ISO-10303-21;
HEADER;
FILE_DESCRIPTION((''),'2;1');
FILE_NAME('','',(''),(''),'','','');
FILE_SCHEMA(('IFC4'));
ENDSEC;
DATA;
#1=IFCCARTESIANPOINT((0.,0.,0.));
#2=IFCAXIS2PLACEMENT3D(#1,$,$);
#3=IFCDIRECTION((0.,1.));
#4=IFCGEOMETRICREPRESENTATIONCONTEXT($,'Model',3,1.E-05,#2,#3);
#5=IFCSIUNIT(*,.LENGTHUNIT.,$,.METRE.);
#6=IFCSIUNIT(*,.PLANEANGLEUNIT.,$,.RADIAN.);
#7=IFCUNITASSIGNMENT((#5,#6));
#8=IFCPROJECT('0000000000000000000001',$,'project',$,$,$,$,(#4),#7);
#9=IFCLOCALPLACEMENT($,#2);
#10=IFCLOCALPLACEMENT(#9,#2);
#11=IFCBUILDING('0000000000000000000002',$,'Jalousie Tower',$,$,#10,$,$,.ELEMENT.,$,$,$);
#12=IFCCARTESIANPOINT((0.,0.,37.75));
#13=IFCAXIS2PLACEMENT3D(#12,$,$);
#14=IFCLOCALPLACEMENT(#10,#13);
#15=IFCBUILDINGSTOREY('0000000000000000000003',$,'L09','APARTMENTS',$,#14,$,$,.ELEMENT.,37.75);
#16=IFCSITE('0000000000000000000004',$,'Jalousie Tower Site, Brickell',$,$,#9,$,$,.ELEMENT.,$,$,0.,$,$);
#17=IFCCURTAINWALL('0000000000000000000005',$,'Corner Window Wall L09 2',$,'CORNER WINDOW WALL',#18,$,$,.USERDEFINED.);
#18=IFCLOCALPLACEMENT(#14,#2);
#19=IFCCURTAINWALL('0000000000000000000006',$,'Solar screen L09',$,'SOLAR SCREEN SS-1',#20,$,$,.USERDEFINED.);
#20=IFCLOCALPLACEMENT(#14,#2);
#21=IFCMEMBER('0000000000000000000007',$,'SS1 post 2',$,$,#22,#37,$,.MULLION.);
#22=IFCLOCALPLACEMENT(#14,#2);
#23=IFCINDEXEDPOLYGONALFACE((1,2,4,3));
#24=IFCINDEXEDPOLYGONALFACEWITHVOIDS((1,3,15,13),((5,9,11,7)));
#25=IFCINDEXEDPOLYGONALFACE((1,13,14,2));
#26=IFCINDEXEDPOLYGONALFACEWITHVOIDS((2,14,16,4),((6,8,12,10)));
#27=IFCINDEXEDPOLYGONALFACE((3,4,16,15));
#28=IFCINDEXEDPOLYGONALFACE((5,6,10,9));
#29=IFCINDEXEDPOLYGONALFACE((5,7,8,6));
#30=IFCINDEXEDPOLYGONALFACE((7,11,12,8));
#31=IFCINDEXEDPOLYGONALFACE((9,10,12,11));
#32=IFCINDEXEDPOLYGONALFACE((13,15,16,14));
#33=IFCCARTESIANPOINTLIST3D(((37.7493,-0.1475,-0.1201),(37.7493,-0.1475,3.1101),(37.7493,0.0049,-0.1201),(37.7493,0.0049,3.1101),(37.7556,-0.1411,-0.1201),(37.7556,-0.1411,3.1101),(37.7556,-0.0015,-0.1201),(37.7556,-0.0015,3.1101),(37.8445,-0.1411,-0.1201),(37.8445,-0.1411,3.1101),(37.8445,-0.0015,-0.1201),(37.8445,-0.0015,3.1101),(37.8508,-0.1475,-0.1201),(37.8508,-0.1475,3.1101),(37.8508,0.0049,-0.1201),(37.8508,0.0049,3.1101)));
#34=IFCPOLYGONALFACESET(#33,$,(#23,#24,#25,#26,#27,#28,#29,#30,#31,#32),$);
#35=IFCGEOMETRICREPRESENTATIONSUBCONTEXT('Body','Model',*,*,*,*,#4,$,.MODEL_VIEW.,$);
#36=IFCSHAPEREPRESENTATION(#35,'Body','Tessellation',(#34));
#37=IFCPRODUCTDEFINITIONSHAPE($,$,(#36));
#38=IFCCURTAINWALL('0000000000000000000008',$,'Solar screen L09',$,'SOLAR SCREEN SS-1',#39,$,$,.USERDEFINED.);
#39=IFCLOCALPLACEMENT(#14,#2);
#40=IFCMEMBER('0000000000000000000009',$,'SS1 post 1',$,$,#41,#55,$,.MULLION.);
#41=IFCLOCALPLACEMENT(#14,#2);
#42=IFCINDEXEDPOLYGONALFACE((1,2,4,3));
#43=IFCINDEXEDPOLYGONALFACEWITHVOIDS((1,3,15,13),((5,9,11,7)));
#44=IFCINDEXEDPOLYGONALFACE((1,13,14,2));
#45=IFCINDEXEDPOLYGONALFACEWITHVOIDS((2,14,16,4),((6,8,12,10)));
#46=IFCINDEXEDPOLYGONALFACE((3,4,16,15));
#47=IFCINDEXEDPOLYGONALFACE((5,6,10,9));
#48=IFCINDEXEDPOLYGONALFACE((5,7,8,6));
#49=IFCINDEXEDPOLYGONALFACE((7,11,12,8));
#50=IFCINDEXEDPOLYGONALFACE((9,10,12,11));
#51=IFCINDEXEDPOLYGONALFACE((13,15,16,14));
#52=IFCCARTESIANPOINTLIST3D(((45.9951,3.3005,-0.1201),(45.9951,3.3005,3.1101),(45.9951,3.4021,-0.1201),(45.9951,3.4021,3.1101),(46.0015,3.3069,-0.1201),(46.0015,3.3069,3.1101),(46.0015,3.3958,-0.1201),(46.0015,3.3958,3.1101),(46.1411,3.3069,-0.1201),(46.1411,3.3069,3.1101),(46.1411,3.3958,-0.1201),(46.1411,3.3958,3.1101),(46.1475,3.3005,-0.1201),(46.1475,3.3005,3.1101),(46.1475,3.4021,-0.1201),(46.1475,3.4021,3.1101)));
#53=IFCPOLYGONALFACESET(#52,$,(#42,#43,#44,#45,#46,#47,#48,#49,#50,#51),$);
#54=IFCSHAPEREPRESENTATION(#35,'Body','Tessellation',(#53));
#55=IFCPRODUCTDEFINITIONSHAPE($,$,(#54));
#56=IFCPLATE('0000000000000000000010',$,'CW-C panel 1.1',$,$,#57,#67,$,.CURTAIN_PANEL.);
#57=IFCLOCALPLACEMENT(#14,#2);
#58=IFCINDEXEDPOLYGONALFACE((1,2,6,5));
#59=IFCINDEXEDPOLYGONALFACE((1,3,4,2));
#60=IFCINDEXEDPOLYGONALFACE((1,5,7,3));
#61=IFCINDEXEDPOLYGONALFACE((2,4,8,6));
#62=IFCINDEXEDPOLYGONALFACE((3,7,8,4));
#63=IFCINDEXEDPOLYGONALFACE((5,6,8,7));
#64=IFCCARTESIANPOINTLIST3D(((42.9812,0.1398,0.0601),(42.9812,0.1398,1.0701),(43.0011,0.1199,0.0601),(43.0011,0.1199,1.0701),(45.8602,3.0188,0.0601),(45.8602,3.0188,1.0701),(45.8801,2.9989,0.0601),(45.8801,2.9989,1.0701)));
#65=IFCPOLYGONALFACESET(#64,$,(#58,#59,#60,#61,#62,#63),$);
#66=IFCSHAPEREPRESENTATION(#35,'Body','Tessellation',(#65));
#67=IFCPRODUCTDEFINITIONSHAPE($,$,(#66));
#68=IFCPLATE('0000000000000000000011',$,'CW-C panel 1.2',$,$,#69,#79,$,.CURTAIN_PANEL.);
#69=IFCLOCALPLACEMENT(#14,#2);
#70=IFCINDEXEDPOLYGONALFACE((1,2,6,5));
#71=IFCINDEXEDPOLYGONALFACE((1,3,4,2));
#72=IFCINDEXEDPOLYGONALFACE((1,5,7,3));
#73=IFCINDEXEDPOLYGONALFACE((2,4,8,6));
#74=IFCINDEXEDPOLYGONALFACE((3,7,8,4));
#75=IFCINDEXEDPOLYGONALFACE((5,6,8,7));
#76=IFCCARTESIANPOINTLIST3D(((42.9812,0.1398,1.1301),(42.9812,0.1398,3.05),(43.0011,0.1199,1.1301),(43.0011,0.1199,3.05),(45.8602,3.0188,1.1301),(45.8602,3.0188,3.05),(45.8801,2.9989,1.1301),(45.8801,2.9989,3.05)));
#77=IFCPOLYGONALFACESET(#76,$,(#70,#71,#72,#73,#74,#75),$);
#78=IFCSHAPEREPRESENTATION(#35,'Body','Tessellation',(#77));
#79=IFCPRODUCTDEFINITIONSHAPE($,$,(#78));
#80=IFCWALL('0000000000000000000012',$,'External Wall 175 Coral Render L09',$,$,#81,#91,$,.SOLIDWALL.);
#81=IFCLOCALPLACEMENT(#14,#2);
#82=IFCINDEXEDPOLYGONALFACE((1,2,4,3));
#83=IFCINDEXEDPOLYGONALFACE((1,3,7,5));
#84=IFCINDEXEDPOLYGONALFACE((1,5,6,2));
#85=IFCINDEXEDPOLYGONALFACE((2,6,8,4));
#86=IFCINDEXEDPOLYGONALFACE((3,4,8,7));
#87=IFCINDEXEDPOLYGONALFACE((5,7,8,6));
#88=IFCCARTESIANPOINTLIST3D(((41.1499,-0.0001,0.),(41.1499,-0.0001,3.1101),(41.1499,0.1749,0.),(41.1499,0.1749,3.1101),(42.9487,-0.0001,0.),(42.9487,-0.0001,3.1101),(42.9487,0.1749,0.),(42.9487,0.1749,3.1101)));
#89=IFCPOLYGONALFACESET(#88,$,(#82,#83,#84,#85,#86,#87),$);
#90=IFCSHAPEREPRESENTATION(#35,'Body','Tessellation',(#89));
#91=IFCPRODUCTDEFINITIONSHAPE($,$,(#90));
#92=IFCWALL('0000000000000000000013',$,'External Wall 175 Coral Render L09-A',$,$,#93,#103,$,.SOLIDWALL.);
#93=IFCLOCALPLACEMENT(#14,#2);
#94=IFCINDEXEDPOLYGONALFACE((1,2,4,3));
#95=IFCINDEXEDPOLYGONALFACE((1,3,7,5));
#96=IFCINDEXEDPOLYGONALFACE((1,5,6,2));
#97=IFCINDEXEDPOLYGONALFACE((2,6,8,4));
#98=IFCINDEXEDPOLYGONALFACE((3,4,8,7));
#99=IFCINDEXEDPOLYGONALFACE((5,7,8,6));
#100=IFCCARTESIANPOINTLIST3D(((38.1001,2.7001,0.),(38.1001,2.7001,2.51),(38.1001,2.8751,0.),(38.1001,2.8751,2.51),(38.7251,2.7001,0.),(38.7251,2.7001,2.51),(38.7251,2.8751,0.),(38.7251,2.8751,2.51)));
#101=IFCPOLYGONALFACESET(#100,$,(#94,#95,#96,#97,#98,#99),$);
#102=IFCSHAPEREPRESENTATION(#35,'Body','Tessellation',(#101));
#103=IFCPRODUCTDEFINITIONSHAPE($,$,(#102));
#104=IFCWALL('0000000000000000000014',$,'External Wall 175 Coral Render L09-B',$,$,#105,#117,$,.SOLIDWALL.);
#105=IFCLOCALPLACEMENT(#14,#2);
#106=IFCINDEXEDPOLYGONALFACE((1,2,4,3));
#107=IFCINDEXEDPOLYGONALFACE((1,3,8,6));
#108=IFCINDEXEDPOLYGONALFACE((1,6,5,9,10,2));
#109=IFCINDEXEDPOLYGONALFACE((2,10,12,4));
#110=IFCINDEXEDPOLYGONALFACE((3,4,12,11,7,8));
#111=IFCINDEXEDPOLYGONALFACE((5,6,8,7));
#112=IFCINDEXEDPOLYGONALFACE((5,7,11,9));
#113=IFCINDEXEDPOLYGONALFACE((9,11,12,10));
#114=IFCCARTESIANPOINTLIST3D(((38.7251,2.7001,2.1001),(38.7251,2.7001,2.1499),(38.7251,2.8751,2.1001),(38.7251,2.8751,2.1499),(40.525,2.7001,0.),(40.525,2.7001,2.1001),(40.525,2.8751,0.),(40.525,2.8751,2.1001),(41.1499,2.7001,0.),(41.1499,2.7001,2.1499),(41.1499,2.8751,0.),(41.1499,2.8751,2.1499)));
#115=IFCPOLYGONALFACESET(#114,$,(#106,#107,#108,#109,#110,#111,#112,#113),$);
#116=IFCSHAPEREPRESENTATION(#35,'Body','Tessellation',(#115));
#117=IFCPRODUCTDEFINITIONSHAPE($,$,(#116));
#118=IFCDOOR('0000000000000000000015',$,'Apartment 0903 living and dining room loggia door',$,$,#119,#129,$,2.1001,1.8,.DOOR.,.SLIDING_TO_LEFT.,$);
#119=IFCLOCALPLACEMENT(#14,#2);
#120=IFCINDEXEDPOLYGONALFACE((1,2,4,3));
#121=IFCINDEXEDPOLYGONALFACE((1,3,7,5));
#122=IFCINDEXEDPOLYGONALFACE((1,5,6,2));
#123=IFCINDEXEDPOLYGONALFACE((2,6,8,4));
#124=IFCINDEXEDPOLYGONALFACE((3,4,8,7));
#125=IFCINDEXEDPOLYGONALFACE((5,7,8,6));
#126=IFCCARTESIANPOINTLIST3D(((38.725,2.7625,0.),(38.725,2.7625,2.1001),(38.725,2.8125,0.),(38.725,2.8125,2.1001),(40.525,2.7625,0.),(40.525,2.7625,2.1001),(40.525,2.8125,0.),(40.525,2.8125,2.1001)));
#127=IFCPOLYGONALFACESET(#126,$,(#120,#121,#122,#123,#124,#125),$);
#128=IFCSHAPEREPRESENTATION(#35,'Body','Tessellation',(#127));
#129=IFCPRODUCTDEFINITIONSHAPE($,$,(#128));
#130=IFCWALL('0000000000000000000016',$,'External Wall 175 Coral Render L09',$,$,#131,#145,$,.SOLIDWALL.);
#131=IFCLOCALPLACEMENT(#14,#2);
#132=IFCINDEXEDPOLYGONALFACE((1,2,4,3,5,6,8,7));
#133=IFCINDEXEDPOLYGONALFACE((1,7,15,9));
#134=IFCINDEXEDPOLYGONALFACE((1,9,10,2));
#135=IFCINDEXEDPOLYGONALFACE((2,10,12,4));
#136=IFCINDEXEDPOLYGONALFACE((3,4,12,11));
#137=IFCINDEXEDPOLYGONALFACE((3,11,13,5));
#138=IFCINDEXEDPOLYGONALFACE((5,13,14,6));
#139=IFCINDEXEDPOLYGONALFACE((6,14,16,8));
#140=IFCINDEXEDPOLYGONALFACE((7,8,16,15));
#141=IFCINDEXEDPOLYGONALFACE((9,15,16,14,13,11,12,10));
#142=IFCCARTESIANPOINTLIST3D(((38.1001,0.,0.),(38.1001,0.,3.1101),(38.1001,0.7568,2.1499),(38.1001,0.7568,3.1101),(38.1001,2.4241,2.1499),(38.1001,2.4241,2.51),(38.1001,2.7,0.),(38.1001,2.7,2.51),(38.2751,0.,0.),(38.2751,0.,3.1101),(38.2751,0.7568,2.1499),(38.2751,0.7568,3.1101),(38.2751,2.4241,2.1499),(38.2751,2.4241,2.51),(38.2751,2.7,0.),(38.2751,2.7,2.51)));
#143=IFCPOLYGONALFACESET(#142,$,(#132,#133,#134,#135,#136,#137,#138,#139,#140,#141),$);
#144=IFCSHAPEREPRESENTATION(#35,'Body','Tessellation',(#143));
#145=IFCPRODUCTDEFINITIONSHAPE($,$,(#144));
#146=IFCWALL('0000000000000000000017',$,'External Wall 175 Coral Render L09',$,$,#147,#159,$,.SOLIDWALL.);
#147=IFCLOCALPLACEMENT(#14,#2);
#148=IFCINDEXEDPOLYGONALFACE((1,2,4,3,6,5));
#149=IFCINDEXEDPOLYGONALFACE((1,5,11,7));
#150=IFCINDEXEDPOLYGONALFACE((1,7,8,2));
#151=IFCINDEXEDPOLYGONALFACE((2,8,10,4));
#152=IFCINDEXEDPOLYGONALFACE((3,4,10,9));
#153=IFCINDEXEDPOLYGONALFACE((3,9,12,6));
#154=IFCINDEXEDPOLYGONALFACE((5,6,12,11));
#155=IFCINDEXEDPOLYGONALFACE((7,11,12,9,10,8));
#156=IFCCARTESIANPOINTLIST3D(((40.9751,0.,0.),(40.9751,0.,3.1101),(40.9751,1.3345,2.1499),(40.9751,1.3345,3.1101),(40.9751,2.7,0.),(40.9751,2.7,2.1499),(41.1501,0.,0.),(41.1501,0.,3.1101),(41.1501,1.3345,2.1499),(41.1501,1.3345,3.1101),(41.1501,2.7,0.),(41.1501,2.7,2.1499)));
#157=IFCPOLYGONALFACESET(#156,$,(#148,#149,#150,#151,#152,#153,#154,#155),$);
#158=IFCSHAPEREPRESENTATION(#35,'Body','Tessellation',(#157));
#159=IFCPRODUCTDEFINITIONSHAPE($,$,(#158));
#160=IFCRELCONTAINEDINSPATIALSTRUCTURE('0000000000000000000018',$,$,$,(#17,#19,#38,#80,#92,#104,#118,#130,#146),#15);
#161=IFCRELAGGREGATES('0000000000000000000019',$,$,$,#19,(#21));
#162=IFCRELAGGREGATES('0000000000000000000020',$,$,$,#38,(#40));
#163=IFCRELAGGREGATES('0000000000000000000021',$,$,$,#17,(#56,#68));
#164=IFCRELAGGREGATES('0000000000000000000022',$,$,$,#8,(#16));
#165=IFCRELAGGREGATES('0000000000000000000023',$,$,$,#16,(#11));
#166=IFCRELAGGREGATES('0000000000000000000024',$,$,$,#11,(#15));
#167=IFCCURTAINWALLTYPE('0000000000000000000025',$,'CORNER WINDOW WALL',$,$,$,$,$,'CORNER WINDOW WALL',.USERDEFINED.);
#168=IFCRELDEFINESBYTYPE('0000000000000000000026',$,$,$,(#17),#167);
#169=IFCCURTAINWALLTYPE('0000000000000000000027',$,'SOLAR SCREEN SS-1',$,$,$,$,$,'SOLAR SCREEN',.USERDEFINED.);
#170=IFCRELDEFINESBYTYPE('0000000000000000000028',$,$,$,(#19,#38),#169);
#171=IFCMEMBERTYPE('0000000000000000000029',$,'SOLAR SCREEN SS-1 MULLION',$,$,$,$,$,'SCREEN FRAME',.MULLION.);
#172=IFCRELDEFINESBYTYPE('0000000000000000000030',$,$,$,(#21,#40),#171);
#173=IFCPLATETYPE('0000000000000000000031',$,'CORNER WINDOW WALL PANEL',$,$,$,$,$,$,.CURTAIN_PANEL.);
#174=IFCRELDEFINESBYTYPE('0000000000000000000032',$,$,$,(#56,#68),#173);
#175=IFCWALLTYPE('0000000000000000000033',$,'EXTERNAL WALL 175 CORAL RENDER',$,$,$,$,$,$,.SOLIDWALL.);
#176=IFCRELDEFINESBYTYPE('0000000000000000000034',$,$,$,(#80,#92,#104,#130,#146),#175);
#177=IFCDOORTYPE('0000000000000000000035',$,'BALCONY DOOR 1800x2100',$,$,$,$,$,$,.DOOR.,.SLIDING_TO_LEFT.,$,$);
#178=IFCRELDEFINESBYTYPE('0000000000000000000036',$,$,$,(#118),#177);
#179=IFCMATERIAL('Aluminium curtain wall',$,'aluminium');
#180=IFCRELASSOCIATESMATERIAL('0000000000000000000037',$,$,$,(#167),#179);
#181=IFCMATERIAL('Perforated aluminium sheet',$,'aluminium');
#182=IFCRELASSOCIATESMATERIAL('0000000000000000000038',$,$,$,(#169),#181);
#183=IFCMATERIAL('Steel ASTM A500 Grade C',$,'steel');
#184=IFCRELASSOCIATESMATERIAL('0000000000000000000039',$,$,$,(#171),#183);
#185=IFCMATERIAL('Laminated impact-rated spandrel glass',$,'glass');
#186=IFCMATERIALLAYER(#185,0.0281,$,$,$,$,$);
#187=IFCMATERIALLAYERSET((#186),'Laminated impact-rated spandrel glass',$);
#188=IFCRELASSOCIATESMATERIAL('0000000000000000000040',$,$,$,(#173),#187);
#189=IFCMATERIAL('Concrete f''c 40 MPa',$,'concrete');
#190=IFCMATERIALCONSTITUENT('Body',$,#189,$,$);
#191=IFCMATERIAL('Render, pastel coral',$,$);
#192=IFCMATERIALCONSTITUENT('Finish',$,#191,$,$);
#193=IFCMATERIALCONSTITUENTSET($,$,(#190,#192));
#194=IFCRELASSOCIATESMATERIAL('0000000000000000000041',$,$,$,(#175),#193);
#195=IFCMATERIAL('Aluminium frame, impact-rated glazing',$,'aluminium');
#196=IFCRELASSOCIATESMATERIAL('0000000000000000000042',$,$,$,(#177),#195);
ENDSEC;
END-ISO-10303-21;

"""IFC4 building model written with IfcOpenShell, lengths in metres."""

from ifc_helpers import new_model, si_unit, direction, frame, frame_2d, origin, origin_2d, place, context, subcontext, project, spatial, polyline, rectangle, hollow_rectangle, outline, extrude, material, layer, layer_set, constituent, constituent_set, material_profile, profile_set, type_object, element, fill, aggregate, save


model = new_model("IFC4")

# Units and contexts
model_context = context("Model", 3, precision=1e-05, world=origin(), true_north=direction((0.0, 1.0)))
body_context = subcontext(model_context, "Body", "Model", "MODEL_VIEW")
ifc_project = project(units=[si_unit("LENGTHUNIT", "METRE"), si_unit("PLANEANGLEUNIT", "RADIAN")], contexts=[model_context])

# Site, building, storey
site_placement = place(None, origin())
site = spatial("IfcSite", under=ifc_project, at=site_placement, Name="Jalousie Tower Site, Brickell", CompositionType="ELEMENT", RefElevation=0.0)
building_placement = place(site_placement, origin())
building = spatial("IfcBuilding", under=site, at=building_placement, Name="Jalousie Tower", CompositionType="ELEMENT")
storey_placement = place(building_placement, frame((0.0, 0.0, 37.75)))
storey = spatial("IfcBuildingStorey", under=building, at=storey_placement, Name="L09", Description="APARTMENTS", CompositionType="ELEMENT", Elevation=37.75)

# Curtain wall
ifc_material_1 = material(Name="Aluminium curtain wall", Category="aluminium")
curtain_wall_type_1 = type_object("IfcCurtainWallType", Name="CORNER WINDOW WALL", ElementType="CORNER WINDOW WALL", PredefinedType="USERDEFINED", material=ifc_material_1)
curtain_wall_1_placement = place(storey_placement, origin())
curtain_wall_1 = element("IfcCurtainWall", 1, at=curtain_wall_1_placement, inside=storey, type_object=curtain_wall_type_1, Name="Corner Window Wall L09 2", ObjectType="CORNER WINDOW WALL", PredefinedType="USERDEFINED")

# Curtain walls, members
ifc_material_2 = material(Name="Perforated aluminium sheet", Category="aluminium")
curtain_wall_type_2 = type_object("IfcCurtainWallType", Name="SOLAR SCREEN SS-1", ElementType="SOLAR SCREEN", PredefinedType="USERDEFINED", material=ifc_material_2)
curtain_wall_2_placement = place(storey_placement, origin())
curtain_wall_2 = element("IfcCurtainWall", 2, at=curtain_wall_2_placement, inside=storey, type_object=curtain_wall_type_2, Name="Solar screen L09", ObjectType="SOLAR SCREEN SS-1", PredefinedType="USERDEFINED")
ifc_material_3 = material(Name="Steel ASTM A500 Grade C", Category="steel")
ifc_material_profile_1 = material_profile(ifc_material_3, hollow_rectangle(XDim=0.1016, YDim=0.1523, WallThickness=0.0063, at=origin_2d()), Name="HSS6X4X1/4")
ifc_profile_set_1 = profile_set([ifc_material_profile_1], Name="Steel ASTM A500 Grade C")
member_type_1 = type_object("IfcMemberType", Name="SOLAR SCREEN SS-1 MULLION", ElementType="SCREEN FRAME", PredefinedType="MULLION", material=ifc_profile_set_1)
member_1_placement = place(storey_placement, frame((37.8, -0.0713, -0.1201), z_axis=(0.0, 0.0, 1.0), x_axis=(1.0, 0.0, 0.0)))
member_1 = element("IfcMember", 3, at=member_1_placement, type_object=member_type_1, Name="SS1 post 2", PredefinedType="MULLION", context=body_context, shape_type="SweptSolid", body=[
    extrude(hollow_rectangle(XDim=0.1016, YDim=0.1523, WallThickness=0.0063, at=origin_2d()), origin(), (0.0, 0.0, 1.0), 3.2302),
])
aggregate(curtain_wall_2, [member_1])
curtain_wall_3_placement = place(storey_placement, origin())
curtain_wall_3 = element("IfcCurtainWall", 4, at=curtain_wall_3_placement, inside=storey, type_object=curtain_wall_type_2, Name="Solar screen L09", ObjectType="SOLAR SCREEN SS-1", PredefinedType="USERDEFINED")
member_2_placement = place(storey_placement, frame((46.0713, 3.3513, -0.1201), z_axis=(0.0, 0.0, 1.0), x_axis=(0.0, 1.0, 0.0)))
member_2 = element("IfcMember", 5, at=member_2_placement, type_object=member_type_1, Name="SS1 post 1", PredefinedType="MULLION", context=body_context, shape_type="SweptSolid", body=[
    extrude(hollow_rectangle(XDim=0.1016, YDim=0.1523, WallThickness=0.0063, at=origin_2d()), origin(), (0.0, 0.0, 1.0), 3.2302),
])
aggregate(curtain_wall_3, [member_2])

# Plates
ifc_material_4 = material(Name="Laminated impact-rated spandrel glass", Category="glass")
ifc_layer_1 = layer(ifc_material_4, 0.0281)
ifc_layer_set_1 = layer_set([ifc_layer_1], Name="Laminated impact-rated spandrel glass")
plate_type = type_object("IfcPlateType", Name="CORNER WINDOW WALL PANEL", PredefinedType="CURTAIN_PANEL", material=ifc_layer_set_1)
plate_1_placement = place(storey_placement, frame((44.4307, 1.5693, 0.0601), z_axis=(0.0, 0.0, 1.0), x_axis=(0.707107, 0.707107, 0.0)))
plate_1 = element("IfcPlate", 6, at=plate_1_placement, type_object=plate_type, Name="CW-C panel 1.1", PredefinedType="CURTAIN_PANEL", context=body_context, shape_type="SweptSolid", body=[
    extrude(rectangle(XDim=4.0715, YDim=0.0281, at=origin_2d()), origin(), (0.0, 0.0, 1.0), 1.01),
])
plate_2_placement = place(storey_placement, frame((44.4307, 1.5693, 1.1301), z_axis=(0.0, 0.0, 1.0), x_axis=(0.707107, 0.707107, 0.0)))
plate_2 = element("IfcPlate", 7, at=plate_2_placement, type_object=plate_type, Name="CW-C panel 1.2", PredefinedType="CURTAIN_PANEL", context=body_context, shape_type="SweptSolid", body=[
    extrude(rectangle(XDim=4.0715, YDim=0.0281, at=origin_2d()), origin(), (0.0, 0.0, 1.0), 1.9199),
])
aggregate(curtain_wall_1, [plate_1, plate_2])

# Walls
ifc_material_5 = material(Name="Concrete f'c 40 MPa", Category="concrete")
ifc_constituent_1 = constituent(ifc_material_5, Name="Body")
ifc_material_6 = material(Name="Render, pastel coral")
ifc_constituent_2 = constituent(ifc_material_6, Name="Finish")
ifc_constituent_set = constituent_set(constituents=[ifc_constituent_1, ifc_constituent_2])
wall_type = type_object("IfcWallType", Name="EXTERNAL WALL 175 CORAL RENDER", PredefinedType="SOLIDWALL", material=ifc_constituent_set)
wall_1_placement = place(storey_placement, frame((41.1499, 0.0874, 0.0), z_axis=(0.0, 0.0, 1.0), x_axis=(1.0, 0.0, 0.0)))
element("IfcWall", 8, at=wall_1_placement, inside=storey, type_object=wall_type, Name="External Wall 175 Coral Render L09", PredefinedType="SOLIDWALL", context=body_context, shape_type="SweptSolid", body=[
    extrude(rectangle(XDim=1.7988, YDim=0.175, at=frame_2d((0.8994, 0.0))), origin(), (0.0, 0.0, 1.0), 3.1101),
])
wall_2_placement = place(storey_placement, frame((38.1001, 2.7876, 0.0), z_axis=(0.0, 0.0, 1.0), x_axis=(1.0, 0.0, 0.0)))
element("IfcWall", 9, at=wall_2_placement, inside=storey, type_object=wall_type, Name="External Wall 175 Coral Render L09-A", PredefinedType="SOLIDWALL", context=body_context, shape_type="SweptSolid", body=[
    extrude(rectangle(XDim=0.625, YDim=0.175, at=frame_2d((0.3125, 0.0))), origin(), (0.0, 0.0, 1.0), 2.51),
])

# Wall, opening, door
wall_3_placement = place(storey_placement, frame((38.7251, 2.7876, 0.0), z_axis=(0.0, 0.0, 1.0), x_axis=(1.0, 0.0, 0.0)))
wall_3 = element("IfcWall", 10, at=wall_3_placement, inside=storey, type_object=wall_type, Name="External Wall 175 Coral Render L09-B", PredefinedType="SOLIDWALL", context=body_context, shape_type="SweptSolid", body=[
    extrude(rectangle(XDim=2.4248, YDim=0.175, at=frame_2d((1.2124, 0.0))), origin(), (0.0, 0.0, 1.0), 2.1499),
])
opening_1_placement = place(wall_3_placement, origin())
opening_1 = element("IfcOpeningElement", 11, at=opening_1_placement, cuts=wall_3, PredefinedType="OPENING", context=body_context, shape_type="SweptSolid", body=[
    extrude(rectangle(XDim=1.8, YDim=2.1001, at=frame_2d((0.8999, 1.05))), frame((0.0, 0.0974, 0.0), z_axis=(0.0, -1.0, 0.0), x_axis=(1.0, 0.0, 0.0)), (0.0, 0.0, 1.0), 0.1951),
])
ifc_material_7 = material(Name="Aluminium frame, impact-rated glazing", Category="aluminium")
door_type = type_object("IfcDoorType", Name="BALCONY DOOR 1800x2100", OperationType="SLIDING_TO_LEFT", PredefinedType="DOOR", material=ifc_material_7)
door_placement = place(opening_1_placement, origin())
door = element("IfcDoor", 12, at=door_placement, inside=storey, type_object=door_type, Name="Apartment 0903 living and dining room loggia door", OperationType="SLIDING_TO_LEFT", OverallHeight=2.1001, OverallWidth=1.8, PredefinedType="DOOR", context=body_context, shape_type="SweptSolid", body=[
    extrude(rectangle(XDim=1.8, YDim=2.1001, at=frame_2d((0.8999, 1.05))), frame((0.0, 0.0249, 0.0), z_axis=(0.0, -1.0, 0.0), x_axis=(1.0, 0.0, 0.0)), (0.0, 0.0, 1.0), 0.05),
])
fill(opening_1, door)

# Walls
wall_4_placement = place(storey_placement, frame((38.1875, 0.0, 0.0), z_axis=(0.0, 0.0, 1.0), x_axis=(0.0, 1.0, 0.0)))
element("IfcWall", 13, at=wall_4_placement, inside=storey, type_object=wall_type, Name="External Wall 175 Coral Render L09", PredefinedType="SOLIDWALL", context=body_context, shape_type="SweptSolid", body=[
    extrude(outline(polyline([(0.0, 0.0), (2.7, 0.0), (2.7, 2.51), (2.4241, 2.51), (2.4241, 2.1499), (0.7568, 2.1499), (0.7568, 3.1101), (0.0, 3.1101), (0.0, 0.0)])), frame((0.0, 0.0874, 0.0), z_axis=(0.0, -1.0, 0.0), x_axis=(1.0, 0.0, 0.0)), (0.0, 0.0, 1.0), 0.175),
])
wall_5_placement = place(storey_placement, frame((41.0625, 0.0, 0.0), z_axis=(0.0, 0.0, 1.0), x_axis=(0.0, 1.0, 0.0)))
element("IfcWall", 14, at=wall_5_placement, inside=storey, type_object=wall_type, Name="External Wall 175 Coral Render L09", PredefinedType="SOLIDWALL", context=body_context, shape_type="SweptSolid", body=[
    extrude(outline(polyline([(0.0, 0.0), (2.7, 0.0), (2.7, 2.1499), (1.3345, 2.1499), (1.3345, 3.1101), (0.0, 3.1101), (0.0, 0.0)])), frame((0.0, 0.0874, 0.0), z_axis=(0.0, -1.0, 0.0), x_axis=(1.0, 0.0, 0.0)), (0.0, 0.0, 1.0), 0.175),
])

save(model, "model.ifc")
